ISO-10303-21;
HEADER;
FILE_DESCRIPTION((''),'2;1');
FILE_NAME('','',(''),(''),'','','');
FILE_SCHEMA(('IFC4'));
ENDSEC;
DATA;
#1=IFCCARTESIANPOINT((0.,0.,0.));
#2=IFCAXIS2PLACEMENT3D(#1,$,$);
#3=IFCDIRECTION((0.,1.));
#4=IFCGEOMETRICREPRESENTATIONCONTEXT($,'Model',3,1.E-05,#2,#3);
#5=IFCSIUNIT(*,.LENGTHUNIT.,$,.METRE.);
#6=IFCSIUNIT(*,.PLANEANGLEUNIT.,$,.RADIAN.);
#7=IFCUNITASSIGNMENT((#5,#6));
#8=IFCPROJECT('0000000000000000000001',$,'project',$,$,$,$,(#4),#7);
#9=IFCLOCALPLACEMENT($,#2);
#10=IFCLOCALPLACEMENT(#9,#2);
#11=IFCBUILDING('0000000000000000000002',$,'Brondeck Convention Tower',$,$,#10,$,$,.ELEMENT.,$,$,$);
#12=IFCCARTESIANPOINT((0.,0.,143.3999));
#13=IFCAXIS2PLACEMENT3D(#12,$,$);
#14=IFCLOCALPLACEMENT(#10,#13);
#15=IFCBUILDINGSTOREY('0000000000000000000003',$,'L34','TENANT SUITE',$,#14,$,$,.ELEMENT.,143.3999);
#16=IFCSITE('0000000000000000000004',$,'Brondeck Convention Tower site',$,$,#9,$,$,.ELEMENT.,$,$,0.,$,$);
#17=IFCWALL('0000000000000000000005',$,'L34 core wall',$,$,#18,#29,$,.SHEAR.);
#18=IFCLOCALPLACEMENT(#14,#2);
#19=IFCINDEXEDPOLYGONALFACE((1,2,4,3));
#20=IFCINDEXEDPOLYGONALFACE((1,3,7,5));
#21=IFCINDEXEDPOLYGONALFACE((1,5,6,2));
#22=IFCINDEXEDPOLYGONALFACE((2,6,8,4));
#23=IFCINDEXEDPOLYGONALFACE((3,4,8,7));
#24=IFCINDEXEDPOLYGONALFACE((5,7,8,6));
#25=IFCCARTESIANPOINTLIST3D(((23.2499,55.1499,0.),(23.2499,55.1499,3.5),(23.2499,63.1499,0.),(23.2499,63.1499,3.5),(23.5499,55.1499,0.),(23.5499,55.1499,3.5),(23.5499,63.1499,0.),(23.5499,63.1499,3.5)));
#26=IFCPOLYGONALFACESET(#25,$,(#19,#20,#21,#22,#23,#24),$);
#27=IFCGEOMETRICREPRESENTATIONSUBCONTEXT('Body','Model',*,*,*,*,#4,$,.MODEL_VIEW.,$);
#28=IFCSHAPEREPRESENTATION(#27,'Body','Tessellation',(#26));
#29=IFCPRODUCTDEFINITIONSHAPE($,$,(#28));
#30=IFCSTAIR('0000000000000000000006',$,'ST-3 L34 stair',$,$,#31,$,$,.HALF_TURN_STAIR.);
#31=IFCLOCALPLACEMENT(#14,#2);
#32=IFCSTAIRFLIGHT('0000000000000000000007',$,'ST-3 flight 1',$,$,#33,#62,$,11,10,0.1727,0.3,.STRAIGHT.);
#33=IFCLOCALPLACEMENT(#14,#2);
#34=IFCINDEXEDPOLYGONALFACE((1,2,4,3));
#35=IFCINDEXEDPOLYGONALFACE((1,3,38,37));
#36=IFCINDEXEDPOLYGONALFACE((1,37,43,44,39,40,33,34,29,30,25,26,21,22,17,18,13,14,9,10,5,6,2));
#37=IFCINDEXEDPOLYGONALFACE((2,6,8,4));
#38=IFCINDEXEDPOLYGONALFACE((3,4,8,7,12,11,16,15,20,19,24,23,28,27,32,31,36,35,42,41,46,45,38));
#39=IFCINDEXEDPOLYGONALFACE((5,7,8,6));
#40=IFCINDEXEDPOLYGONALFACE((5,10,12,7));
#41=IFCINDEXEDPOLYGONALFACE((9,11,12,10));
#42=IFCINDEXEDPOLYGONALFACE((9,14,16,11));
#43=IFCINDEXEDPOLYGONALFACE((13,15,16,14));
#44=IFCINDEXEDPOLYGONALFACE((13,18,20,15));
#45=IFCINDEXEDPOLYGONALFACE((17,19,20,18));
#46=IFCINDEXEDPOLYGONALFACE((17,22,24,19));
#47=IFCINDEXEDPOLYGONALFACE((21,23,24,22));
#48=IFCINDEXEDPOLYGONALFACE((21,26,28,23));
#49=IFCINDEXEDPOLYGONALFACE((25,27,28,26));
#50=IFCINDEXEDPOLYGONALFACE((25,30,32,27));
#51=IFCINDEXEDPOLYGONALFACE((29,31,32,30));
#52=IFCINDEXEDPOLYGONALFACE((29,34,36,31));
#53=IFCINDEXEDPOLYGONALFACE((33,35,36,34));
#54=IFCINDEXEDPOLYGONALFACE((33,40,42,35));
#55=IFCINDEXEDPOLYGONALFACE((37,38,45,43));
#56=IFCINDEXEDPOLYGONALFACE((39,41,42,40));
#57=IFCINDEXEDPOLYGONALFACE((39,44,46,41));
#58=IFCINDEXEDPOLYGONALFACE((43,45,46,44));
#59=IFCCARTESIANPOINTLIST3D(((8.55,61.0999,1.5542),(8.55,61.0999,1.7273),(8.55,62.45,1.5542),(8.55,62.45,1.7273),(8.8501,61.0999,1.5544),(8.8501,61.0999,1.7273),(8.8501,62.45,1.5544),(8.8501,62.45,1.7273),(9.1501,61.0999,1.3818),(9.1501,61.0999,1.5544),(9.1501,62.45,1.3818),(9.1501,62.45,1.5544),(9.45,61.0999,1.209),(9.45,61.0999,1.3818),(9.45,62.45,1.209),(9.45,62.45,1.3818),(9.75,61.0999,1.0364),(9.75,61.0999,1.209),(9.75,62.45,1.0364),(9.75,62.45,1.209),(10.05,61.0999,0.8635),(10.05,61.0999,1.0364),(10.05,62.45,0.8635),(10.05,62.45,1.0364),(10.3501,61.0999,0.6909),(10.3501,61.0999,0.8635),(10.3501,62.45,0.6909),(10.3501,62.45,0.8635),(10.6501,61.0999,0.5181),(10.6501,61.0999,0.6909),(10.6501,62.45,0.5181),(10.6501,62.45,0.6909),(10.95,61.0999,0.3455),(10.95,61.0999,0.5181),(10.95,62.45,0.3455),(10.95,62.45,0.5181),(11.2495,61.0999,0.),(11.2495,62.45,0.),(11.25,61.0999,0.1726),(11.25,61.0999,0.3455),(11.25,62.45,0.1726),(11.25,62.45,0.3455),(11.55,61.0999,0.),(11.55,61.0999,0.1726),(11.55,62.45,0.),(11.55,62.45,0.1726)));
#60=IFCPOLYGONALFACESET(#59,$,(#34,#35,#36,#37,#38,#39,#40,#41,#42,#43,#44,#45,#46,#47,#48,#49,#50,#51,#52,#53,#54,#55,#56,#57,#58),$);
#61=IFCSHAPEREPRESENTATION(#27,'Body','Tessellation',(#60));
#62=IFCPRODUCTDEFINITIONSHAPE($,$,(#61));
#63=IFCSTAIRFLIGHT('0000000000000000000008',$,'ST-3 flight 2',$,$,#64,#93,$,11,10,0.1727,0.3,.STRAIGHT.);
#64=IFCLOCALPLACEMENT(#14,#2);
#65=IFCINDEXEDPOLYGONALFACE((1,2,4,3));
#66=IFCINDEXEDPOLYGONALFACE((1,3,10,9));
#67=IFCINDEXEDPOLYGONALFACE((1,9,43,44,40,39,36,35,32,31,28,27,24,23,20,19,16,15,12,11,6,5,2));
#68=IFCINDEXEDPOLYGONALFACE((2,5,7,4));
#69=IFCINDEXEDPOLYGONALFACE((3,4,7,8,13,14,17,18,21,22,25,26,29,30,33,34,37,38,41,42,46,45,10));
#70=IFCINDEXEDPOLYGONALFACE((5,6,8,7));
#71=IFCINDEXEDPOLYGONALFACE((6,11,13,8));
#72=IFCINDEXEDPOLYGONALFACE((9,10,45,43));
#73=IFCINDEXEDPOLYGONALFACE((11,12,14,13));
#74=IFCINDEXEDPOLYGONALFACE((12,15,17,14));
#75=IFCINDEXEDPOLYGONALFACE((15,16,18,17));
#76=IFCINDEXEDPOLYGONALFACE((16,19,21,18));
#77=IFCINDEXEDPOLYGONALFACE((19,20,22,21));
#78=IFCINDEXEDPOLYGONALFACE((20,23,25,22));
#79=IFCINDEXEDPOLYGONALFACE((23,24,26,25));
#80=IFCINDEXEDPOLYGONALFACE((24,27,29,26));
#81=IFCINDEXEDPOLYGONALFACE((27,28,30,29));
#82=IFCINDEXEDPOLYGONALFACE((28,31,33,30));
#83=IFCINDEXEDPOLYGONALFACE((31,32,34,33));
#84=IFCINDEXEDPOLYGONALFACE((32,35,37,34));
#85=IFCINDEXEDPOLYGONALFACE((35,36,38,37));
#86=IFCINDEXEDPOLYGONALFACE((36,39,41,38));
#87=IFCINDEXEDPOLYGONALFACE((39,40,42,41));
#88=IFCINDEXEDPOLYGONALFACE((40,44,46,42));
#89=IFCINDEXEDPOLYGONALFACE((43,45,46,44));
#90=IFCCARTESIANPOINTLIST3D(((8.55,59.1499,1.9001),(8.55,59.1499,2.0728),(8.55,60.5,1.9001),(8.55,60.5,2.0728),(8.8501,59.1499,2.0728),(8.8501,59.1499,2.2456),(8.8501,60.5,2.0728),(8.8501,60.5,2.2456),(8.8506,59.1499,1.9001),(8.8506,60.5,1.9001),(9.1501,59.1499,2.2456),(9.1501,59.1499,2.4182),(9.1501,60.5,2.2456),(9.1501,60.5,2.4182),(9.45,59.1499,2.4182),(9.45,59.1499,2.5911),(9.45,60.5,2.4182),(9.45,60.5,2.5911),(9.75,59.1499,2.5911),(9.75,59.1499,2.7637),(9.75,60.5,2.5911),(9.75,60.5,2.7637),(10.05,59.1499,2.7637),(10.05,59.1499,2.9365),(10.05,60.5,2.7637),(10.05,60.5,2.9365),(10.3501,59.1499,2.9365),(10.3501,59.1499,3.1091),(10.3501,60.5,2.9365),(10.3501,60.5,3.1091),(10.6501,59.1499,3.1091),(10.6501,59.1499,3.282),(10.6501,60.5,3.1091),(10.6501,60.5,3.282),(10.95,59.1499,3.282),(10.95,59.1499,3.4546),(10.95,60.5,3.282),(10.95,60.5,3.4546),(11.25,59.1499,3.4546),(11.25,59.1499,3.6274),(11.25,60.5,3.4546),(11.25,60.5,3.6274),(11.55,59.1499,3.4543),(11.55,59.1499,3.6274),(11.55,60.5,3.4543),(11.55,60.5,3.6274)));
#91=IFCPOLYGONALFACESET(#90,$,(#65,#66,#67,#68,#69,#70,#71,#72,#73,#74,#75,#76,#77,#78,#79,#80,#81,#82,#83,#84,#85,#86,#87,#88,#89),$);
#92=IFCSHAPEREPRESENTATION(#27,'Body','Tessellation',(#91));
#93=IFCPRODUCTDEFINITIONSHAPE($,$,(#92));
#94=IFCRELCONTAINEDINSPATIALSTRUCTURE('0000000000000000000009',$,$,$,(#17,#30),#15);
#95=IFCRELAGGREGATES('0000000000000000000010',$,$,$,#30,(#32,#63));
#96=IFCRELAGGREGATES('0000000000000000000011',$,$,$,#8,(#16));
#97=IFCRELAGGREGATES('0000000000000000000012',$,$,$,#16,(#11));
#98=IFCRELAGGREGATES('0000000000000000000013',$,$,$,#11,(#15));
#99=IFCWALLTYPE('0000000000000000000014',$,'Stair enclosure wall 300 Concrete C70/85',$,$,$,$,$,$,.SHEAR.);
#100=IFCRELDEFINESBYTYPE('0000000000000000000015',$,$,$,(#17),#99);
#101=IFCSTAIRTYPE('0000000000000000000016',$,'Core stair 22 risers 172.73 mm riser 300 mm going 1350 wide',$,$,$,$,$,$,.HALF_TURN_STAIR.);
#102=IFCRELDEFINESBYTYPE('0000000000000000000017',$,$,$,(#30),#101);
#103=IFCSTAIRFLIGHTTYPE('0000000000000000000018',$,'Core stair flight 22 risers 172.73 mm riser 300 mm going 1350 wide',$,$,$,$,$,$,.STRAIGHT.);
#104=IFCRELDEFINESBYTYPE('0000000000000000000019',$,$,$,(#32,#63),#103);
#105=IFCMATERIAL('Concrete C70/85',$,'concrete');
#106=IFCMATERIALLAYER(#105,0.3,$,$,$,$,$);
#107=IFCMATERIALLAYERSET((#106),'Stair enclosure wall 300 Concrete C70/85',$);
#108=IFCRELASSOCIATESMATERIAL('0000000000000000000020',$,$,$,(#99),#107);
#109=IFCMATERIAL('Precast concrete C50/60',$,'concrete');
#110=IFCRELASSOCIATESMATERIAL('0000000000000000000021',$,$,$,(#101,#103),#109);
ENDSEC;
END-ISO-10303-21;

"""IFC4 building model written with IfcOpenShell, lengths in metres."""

from ifc_helpers import new_model, si_unit, direction, frame, frame_2d, origin, place, context, subcontext, project, spatial, polyline, rectangle, outline, extrude, material, layer, layer_set, type_object, element, aggregate, save


model = new_model("IFC4")

# Units and contexts
model_context = context("Model", 3, precision=1e-05, world=origin(), true_north=direction((0.0, 1.0)))
body_context = subcontext(model_context, "Body", "Model", "MODEL_VIEW")
ifc_project = project(units=[si_unit("LENGTHUNIT", "METRE"), si_unit("PLANEANGLEUNIT", "RADIAN")], contexts=[model_context])

# Site, building, storey
site_placement = place(None, origin())
site = spatial("IfcSite", under=ifc_project, at=site_placement, Name="Brondeck Convention Tower site", CompositionType="ELEMENT", RefElevation=0.0)
building_placement = place(site_placement, origin())
building = spatial("IfcBuilding", under=site, at=building_placement, Name="Brondeck Convention Tower", CompositionType="ELEMENT")
storey_placement = place(building_placement, frame((0.0, 0.0, 143.3999)))
storey = spatial("IfcBuildingStorey", under=building, at=storey_placement, Name="L34", Description="TENANT SUITE", CompositionType="ELEMENT", Elevation=143.3999)

# Shared definitions
ifc_material_1 = material(Name="Concrete C70/85", Category="concrete")

# Wall
ifc_layer_1 = layer(ifc_material_1, 0.3)
ifc_layer_set_1 = layer_set([ifc_layer_1], Name="Stair enclosure wall 300 Concrete C70/85")
wall_type_1 = type_object("IfcWallType", Name="Stair enclosure wall 300 Concrete C70/85", PredefinedType="SHEAR", material=ifc_layer_set_1)
wall_1_placement = place(storey_placement, frame((23.3999, 55.1499, 0.0), z_axis=(0.0, 0.0, 1.0), x_axis=(0.0, 1.0, 0.0)))
element("IfcWall", 1, at=wall_1_placement, inside=storey, type_object=wall_type_1, Name="L34 core wall", PredefinedType="SHEAR", context=body_context, shape_type="SweptSolid", body=[
    extrude(rectangle(XDim=8.0, YDim=0.3, at=frame_2d((4.0, 0.0))), origin(), (0.0, 0.0, 1.0), 3.5),
])

# Stair, stair flights
ifc_material_2 = material(Name="Precast concrete C50/60", Category="concrete")
stair_type = type_object("IfcStairType", Name="Core stair 22 risers 172.73 mm riser 300 mm going 1350 wide", PredefinedType="HALF_TURN_STAIR", material=ifc_material_2)
stair_placement = place(storey_placement, origin())
stair = element("IfcStair", 2, at=stair_placement, inside=storey, type_object=stair_type, Name="ST-3 L34 stair", PredefinedType="HALF_TURN_STAIR")
stair_flight_type = type_object("IfcStairFlightType", Name="Core stair flight 22 risers 172.73 mm riser 300 mm going 1350 wide", PredefinedType="STRAIGHT", material=ifc_material_2)
stair_flight_1_placement = place(storey_placement, frame((11.55, 61.7749, 0.0), z_axis=(0.0, 0.0, 1.0), x_axis=(-1.0, 0.0, 0.0)))
stair_flight_1 = element("IfcStairFlight", 3, at=stair_flight_1_placement, type_object=stair_flight_type, Name="ST-3 flight 1", NumberOfRisers=11, NumberOfTreads=10, PredefinedType="STRAIGHT", RiserHeight=0.1727, TreadLength=0.3, context=body_context, shape_type="SweptSolid", body=[
    extrude(outline(polyline([(0.0, 0.0), (0.0, 0.1726), (0.3, 0.1726), (0.3, 0.3455), (0.6001, 0.3455), (0.6001, 0.5181), (0.8999, 0.5181), (0.8999, 0.6909), (1.2, 0.6909), (1.2, 0.8635), (1.5, 0.8635), (1.5, 1.0364), (1.8, 1.0364), (1.8, 1.209), (2.1001, 1.209), (2.1001, 1.3818), (2.3999, 1.3818), (2.3999, 1.5544), (2.7, 1.5544), (2.7, 1.7273), (3.0, 1.7273), (3.0, 1.8999), (3.0, 1.5542), (0.3005, 0.0), (0.0, 0.0)])), frame((0.0, 0.675, 0.0), z_axis=(0.0, -1.0, 0.0), x_axis=(1.0, 0.0, 0.0)), (0.0, 0.0, 1.0), 1.3501),
])
stair_flight_2_placement = place(storey_placement, frame((8.55, 59.825, 1.9001), z_axis=(0.0, 0.0, 1.0), x_axis=(1.0, 0.0, 0.0)))
stair_flight_2 = element("IfcStairFlight", 4, at=stair_flight_2_placement, type_object=stair_flight_type, Name="ST-3 flight 2", NumberOfRisers=11, NumberOfTreads=10, PredefinedType="STRAIGHT", RiserHeight=0.1727, TreadLength=0.3, context=body_context, shape_type="SweptSolid", body=[
    extrude(outline(polyline([(0.0, 0.0), (0.0, 0.1726), (0.3, 0.1726), (0.3, 0.3455), (0.6001, 0.3455), (0.6001, 0.5181), (0.8999, 0.5181), (0.8999, 0.6909), (1.2, 0.6909), (1.2, 0.8635), (1.5, 0.8635), (1.5, 1.0364), (1.8, 1.0364), (1.8, 1.209), (2.1001, 1.209), (2.1001, 1.3818), (2.3999, 1.3818), (2.3999, 1.5544), (2.7, 1.5544), (2.7, 1.7273), (3.0, 1.7273), (3.0, 1.8999), (3.0, 1.5542), (0.3005, 0.0), (0.0, 0.0)])), frame((0.0, 0.675, 0.0), z_axis=(0.0, -1.0, 0.0), x_axis=(1.0, 0.0, 0.0)), (0.0, 0.0, 1.0), 1.3501),
])
aggregate(stair, [stair_flight_1, stair_flight_2])

save(model, "model.ifc")
